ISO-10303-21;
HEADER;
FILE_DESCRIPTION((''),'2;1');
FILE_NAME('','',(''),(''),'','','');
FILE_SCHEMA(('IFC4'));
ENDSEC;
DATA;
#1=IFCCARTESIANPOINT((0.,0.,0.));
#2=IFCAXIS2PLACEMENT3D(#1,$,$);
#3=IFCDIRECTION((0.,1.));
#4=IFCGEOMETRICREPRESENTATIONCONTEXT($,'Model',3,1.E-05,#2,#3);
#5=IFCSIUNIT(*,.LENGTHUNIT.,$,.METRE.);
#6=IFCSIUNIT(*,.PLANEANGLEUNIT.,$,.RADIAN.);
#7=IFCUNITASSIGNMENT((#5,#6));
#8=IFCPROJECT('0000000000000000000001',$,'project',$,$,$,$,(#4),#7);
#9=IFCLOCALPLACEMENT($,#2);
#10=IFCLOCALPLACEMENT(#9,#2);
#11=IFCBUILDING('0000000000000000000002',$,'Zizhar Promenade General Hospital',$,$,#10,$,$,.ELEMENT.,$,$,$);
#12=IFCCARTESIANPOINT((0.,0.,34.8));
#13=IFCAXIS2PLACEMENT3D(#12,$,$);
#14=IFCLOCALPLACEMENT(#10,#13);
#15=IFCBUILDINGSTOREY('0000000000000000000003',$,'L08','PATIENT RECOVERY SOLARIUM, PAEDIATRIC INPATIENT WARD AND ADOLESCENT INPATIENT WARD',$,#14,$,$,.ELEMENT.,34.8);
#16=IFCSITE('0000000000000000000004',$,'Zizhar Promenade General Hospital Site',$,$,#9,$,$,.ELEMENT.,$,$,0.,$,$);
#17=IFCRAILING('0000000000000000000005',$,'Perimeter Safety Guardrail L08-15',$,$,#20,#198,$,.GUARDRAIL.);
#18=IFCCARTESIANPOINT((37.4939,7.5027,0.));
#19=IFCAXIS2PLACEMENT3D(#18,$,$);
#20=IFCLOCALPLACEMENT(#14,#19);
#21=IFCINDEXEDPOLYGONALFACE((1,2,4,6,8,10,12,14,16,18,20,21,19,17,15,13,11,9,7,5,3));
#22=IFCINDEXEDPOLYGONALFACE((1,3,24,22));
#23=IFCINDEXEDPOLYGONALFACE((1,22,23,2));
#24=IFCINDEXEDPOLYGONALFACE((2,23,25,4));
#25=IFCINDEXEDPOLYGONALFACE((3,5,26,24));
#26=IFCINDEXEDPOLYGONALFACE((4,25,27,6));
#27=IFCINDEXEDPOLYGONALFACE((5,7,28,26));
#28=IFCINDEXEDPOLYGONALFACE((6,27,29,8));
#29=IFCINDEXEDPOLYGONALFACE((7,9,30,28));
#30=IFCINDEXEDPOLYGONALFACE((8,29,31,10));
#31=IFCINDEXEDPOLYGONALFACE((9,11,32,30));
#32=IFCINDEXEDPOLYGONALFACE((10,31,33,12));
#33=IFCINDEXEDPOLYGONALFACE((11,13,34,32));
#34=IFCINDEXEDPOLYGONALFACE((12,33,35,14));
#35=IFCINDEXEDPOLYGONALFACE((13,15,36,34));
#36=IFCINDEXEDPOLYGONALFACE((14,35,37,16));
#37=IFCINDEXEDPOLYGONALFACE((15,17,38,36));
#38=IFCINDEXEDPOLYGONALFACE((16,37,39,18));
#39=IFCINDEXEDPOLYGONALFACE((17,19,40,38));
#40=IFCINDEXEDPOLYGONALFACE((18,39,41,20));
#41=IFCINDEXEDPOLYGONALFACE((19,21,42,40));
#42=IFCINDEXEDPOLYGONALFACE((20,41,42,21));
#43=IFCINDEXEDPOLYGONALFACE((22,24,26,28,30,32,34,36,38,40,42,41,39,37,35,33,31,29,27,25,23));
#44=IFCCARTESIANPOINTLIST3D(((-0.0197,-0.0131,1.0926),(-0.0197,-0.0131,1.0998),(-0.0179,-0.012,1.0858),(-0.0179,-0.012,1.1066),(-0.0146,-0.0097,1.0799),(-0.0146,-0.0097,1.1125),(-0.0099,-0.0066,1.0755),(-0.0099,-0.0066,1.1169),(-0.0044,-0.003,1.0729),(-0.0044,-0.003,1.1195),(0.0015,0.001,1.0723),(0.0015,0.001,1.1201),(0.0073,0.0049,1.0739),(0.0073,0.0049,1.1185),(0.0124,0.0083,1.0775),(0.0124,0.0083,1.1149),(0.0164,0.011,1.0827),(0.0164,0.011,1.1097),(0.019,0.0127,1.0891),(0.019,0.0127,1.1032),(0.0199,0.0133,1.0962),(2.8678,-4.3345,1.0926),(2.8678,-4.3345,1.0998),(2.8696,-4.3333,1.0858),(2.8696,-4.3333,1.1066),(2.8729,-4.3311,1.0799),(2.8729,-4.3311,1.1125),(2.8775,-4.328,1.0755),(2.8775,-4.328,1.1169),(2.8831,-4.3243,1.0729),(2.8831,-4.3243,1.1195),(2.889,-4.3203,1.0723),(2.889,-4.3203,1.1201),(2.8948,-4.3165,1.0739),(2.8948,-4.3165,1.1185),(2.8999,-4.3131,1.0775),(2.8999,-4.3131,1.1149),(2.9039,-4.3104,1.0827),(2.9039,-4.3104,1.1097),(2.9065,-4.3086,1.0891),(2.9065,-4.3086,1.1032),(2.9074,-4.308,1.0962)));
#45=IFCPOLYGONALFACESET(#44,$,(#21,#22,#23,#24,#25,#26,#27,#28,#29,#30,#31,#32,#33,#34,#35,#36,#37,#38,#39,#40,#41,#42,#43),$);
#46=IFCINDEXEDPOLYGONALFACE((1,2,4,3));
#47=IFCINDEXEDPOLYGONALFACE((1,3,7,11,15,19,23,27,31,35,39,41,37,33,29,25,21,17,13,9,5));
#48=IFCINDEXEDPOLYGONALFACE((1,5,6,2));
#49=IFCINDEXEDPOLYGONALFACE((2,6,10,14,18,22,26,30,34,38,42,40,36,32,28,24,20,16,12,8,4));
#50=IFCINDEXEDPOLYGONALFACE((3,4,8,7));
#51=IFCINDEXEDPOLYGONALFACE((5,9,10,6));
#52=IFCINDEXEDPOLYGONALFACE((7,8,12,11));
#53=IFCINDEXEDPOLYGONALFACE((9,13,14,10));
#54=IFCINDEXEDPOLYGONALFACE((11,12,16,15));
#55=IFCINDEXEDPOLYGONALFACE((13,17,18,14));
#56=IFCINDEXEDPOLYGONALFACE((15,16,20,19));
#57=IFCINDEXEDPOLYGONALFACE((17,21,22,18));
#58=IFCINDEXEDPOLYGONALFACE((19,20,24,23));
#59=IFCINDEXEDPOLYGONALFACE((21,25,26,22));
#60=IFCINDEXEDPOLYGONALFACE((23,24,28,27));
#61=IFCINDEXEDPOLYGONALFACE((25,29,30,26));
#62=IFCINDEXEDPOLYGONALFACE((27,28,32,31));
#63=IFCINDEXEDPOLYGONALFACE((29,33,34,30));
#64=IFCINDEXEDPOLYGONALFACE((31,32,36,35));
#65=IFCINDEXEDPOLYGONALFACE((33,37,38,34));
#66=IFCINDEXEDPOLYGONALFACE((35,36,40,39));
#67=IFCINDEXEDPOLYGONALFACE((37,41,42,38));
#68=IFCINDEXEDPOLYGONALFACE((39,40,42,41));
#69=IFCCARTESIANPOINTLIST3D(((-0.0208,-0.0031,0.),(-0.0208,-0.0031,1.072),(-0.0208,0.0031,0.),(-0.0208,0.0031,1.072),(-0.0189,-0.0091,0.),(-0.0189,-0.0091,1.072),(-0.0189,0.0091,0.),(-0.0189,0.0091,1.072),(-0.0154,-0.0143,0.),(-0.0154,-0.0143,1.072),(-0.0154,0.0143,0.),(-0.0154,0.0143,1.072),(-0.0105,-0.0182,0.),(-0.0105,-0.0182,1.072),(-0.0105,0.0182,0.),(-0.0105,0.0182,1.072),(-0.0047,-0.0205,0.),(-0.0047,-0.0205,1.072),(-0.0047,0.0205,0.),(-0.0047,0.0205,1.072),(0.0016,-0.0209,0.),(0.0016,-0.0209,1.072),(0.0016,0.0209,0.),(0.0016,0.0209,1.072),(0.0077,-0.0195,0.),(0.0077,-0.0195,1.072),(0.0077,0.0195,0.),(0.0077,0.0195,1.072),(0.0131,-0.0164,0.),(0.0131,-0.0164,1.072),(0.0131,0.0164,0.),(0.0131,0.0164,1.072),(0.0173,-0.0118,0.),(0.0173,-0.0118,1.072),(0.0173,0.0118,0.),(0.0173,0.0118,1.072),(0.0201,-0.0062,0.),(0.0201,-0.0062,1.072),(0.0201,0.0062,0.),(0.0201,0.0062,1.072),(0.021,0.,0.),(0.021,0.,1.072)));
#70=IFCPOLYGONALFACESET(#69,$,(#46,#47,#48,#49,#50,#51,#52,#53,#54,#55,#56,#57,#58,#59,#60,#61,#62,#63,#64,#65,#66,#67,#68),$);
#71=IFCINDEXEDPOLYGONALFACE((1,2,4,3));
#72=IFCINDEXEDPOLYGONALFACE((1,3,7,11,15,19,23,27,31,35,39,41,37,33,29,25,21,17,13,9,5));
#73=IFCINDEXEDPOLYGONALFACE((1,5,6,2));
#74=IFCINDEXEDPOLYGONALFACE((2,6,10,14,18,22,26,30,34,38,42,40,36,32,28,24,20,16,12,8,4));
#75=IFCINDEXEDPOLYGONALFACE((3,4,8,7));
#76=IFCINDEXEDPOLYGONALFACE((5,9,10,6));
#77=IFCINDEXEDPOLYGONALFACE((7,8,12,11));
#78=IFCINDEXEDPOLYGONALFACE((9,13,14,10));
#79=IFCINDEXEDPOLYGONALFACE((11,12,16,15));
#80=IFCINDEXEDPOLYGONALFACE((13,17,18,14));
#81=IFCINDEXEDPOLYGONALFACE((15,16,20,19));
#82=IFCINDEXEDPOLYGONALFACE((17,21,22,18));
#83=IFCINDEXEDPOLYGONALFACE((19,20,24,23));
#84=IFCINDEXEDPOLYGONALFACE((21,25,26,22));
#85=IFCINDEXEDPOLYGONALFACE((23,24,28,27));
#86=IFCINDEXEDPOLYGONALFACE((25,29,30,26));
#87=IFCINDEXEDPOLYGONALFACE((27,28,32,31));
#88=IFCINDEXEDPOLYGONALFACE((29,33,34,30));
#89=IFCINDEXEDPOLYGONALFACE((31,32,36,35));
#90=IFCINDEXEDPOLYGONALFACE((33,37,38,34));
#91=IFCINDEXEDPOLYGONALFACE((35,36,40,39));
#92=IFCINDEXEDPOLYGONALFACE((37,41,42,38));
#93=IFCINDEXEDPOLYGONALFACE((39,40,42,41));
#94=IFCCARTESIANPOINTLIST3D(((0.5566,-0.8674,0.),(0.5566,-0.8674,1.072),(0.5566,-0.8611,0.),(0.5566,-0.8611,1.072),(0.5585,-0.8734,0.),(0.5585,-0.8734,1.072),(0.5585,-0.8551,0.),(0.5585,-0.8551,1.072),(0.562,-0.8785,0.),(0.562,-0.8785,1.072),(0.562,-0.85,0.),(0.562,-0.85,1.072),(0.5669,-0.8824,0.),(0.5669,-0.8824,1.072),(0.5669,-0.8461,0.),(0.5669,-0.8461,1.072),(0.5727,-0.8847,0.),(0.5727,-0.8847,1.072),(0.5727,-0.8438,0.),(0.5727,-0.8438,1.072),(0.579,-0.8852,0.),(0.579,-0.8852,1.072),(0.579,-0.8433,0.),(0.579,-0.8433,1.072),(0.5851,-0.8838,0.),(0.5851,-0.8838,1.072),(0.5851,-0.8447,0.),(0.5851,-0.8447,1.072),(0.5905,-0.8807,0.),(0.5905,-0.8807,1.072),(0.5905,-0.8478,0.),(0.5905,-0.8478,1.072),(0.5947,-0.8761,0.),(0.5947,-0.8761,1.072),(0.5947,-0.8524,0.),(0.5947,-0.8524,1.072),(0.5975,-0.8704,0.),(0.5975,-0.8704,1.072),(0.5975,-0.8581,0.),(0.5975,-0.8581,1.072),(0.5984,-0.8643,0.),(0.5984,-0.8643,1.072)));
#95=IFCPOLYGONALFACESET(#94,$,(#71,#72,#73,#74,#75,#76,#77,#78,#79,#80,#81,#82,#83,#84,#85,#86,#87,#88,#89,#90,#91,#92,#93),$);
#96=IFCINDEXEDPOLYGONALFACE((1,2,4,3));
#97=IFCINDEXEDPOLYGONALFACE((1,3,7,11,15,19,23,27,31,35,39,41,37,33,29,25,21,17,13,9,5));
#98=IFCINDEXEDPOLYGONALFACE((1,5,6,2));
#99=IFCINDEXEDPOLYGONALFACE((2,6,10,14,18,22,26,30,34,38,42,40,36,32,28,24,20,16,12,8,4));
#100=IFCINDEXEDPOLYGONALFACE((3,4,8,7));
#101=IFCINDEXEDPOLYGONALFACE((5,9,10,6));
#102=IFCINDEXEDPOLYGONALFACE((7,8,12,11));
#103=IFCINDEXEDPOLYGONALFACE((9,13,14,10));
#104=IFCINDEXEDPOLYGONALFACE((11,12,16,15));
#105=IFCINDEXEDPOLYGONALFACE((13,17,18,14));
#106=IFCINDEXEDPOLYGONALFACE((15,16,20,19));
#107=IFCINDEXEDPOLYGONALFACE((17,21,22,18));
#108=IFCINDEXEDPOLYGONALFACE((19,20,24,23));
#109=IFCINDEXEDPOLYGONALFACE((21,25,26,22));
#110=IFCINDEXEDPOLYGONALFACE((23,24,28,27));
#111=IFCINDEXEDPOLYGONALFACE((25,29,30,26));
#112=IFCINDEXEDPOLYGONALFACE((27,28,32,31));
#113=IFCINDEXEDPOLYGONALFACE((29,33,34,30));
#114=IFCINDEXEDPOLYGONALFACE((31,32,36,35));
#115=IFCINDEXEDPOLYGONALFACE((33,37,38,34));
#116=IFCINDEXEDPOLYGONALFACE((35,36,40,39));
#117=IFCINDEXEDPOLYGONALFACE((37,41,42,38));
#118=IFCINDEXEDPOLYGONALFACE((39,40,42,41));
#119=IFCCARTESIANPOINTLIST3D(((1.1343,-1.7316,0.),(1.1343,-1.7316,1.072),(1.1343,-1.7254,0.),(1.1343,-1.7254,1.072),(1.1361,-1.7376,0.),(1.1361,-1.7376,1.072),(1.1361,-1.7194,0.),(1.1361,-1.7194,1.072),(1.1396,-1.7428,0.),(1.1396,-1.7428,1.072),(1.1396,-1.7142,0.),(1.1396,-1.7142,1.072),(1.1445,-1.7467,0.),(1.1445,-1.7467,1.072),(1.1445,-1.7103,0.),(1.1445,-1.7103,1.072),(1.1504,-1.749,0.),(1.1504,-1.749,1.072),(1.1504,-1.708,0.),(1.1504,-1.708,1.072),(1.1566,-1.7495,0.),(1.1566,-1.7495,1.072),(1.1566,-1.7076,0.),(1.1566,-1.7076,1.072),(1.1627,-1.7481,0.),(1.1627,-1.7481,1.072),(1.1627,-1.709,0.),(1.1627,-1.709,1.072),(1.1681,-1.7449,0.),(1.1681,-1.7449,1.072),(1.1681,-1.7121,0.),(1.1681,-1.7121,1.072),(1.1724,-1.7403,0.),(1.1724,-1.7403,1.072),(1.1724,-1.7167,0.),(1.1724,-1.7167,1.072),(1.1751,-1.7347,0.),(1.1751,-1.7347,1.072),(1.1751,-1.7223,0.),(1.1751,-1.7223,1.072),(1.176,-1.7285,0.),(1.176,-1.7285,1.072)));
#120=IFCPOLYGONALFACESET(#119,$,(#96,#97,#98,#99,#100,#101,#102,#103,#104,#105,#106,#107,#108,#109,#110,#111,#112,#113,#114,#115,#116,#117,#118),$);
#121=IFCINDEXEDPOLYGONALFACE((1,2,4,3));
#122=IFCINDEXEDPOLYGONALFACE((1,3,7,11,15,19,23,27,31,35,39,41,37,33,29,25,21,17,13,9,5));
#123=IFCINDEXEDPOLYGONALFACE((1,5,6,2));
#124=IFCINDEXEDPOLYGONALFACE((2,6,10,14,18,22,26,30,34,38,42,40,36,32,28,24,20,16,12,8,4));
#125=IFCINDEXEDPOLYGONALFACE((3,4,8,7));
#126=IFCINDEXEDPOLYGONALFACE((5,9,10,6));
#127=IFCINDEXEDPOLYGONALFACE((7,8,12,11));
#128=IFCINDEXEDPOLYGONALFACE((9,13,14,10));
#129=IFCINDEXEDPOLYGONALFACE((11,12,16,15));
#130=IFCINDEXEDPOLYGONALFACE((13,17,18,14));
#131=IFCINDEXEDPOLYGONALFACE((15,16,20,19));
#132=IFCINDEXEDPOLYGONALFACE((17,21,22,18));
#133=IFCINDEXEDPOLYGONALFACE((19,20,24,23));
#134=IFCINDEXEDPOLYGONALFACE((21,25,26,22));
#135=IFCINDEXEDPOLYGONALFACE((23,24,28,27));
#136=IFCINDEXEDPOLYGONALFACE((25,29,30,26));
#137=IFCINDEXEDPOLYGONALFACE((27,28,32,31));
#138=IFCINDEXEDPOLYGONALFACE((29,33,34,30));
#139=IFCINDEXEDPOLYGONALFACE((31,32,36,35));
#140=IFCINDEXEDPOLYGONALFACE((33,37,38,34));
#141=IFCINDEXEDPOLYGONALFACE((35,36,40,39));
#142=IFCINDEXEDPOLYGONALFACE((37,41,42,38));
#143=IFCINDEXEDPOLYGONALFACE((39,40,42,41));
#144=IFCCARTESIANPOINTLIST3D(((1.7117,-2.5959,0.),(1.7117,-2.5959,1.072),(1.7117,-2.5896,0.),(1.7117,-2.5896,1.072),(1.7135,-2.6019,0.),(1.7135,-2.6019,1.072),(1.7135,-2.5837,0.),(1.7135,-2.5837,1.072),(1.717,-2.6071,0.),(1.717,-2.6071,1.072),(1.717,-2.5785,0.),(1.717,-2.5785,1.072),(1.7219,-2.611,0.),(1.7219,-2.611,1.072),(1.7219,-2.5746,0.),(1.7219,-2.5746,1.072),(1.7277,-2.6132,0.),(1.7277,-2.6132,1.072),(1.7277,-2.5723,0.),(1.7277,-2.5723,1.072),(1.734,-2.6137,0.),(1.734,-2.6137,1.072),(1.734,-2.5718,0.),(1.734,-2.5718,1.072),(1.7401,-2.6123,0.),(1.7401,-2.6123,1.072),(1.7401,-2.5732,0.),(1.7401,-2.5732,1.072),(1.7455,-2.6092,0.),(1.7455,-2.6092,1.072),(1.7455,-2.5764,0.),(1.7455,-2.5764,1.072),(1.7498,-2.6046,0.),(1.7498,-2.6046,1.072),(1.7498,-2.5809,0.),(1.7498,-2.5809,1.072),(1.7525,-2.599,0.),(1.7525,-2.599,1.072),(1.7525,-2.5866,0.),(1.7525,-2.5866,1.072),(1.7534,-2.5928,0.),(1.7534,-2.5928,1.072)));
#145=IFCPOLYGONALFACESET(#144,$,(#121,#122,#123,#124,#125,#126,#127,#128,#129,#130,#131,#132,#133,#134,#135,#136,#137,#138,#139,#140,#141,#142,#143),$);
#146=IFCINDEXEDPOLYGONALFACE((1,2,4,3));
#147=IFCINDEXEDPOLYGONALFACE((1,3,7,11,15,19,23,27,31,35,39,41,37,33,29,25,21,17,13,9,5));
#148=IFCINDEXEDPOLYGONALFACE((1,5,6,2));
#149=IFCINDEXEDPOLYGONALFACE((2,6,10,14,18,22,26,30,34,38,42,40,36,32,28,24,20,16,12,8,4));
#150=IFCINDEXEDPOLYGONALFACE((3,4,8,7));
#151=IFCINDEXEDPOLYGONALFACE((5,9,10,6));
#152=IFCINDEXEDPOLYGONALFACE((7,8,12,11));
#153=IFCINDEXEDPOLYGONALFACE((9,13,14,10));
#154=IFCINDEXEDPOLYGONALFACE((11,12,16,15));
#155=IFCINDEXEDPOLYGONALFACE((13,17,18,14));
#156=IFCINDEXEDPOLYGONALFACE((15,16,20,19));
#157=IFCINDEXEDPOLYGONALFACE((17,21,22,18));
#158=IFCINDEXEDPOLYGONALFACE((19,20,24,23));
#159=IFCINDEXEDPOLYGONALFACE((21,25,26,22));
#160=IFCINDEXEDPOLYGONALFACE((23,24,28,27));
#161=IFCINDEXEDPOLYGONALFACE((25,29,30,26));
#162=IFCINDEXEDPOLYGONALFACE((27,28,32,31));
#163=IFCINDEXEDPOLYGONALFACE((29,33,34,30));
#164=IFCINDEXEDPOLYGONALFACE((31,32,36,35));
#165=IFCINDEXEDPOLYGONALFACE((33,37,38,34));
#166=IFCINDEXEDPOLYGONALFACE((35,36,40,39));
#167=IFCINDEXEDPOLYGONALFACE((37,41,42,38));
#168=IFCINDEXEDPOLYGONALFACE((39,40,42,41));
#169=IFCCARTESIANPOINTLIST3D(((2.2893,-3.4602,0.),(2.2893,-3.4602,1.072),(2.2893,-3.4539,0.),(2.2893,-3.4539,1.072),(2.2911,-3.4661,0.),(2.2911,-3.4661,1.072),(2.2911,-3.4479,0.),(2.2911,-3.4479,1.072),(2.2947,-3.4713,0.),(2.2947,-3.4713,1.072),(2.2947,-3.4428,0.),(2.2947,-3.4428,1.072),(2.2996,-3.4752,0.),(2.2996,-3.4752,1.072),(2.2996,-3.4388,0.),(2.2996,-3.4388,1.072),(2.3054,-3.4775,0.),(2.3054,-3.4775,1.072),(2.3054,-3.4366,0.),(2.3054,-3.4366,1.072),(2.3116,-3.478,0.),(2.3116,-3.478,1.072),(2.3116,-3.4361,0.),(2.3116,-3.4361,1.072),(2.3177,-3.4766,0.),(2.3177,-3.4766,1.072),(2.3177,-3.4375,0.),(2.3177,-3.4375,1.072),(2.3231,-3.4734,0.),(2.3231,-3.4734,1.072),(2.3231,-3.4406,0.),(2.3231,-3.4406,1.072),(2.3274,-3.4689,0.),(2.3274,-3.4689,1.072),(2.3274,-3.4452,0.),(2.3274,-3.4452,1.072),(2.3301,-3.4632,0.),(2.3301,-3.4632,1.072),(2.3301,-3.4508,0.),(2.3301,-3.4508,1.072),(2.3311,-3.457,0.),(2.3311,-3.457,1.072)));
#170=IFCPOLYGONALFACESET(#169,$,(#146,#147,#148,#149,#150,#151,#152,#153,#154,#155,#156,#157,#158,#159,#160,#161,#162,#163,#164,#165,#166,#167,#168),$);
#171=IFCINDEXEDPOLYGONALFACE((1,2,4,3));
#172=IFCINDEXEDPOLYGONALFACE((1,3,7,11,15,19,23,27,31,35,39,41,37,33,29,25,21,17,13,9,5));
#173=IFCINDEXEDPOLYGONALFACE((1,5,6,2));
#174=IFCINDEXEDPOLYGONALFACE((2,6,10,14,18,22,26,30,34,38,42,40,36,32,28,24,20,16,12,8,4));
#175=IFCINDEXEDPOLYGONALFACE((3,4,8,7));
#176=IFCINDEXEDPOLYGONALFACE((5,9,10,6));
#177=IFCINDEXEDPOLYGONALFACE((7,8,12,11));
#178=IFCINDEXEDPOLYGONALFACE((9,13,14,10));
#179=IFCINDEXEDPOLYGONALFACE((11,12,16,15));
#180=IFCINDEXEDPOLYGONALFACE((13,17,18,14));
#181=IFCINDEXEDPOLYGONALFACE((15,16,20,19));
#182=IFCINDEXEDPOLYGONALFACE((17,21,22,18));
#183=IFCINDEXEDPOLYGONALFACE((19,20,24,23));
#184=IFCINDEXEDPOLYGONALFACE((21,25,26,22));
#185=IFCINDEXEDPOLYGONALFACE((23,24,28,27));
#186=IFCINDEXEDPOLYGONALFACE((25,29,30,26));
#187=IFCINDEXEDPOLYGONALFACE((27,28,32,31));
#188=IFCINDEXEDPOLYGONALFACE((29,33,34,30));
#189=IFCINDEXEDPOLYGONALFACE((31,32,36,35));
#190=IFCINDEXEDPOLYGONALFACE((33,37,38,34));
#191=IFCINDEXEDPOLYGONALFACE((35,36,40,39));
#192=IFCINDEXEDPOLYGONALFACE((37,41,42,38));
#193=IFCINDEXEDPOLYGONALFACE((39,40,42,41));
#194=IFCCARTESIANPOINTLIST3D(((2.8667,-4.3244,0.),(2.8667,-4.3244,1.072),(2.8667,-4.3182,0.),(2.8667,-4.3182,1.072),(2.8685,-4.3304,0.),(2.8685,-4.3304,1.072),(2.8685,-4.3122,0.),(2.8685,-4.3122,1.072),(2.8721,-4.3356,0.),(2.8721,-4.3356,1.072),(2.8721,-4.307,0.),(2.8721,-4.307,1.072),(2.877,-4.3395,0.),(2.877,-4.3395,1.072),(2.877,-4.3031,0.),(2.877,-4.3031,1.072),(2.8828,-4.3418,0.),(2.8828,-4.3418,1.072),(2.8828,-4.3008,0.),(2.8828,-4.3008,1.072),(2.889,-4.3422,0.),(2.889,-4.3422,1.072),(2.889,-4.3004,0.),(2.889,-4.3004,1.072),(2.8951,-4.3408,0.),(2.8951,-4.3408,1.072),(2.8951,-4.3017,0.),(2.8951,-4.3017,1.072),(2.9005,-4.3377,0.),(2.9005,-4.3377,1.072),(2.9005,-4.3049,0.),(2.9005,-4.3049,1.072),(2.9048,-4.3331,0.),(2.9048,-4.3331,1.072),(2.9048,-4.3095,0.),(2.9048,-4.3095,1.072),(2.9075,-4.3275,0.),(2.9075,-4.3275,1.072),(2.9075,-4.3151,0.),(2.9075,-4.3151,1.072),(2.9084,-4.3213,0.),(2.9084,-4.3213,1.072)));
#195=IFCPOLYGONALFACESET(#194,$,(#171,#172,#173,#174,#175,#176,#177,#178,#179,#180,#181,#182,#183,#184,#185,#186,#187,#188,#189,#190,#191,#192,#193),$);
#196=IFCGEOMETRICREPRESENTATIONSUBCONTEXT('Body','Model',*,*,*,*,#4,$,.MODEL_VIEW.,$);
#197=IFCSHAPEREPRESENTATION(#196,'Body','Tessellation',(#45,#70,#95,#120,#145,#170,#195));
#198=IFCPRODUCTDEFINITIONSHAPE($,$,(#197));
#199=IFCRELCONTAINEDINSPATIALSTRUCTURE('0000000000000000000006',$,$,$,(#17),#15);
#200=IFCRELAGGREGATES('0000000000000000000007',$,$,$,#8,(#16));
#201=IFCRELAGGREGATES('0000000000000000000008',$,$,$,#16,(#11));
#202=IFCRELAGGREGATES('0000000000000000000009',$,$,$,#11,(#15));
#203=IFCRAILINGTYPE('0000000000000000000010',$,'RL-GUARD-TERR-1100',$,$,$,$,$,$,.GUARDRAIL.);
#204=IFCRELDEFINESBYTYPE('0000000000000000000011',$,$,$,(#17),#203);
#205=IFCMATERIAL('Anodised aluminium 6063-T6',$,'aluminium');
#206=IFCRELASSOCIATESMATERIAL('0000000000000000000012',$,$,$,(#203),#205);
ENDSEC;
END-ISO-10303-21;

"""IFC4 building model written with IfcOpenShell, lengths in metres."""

from ifc_helpers import new_model, si_unit, direction, frame, origin, origin_2d, place, context, subcontext, project, spatial, circle, hollow_circle, extrude, material, material_profile, profile_set, type_object, element, save


model = new_model("IFC4")

# Units and contexts
model_context = context("Model", 3, precision=1e-05, world=origin(), true_north=direction((0.0, 1.0)))
body_context = subcontext(model_context, "Body", "Model", "MODEL_VIEW")
ifc_project = project(units=[si_unit("LENGTHUNIT", "METRE"), si_unit("PLANEANGLEUNIT", "RADIAN")], contexts=[model_context])

# Site, building, storey
site_placement = place(None, origin())
site = spatial("IfcSite", under=ifc_project, at=site_placement, Name="Zizhar Promenade General Hospital Site", CompositionType="ELEMENT", RefElevation=0.0)
building_placement = place(site_placement, origin())
building = spatial("IfcBuilding", under=site, at=building_placement, Name="Zizhar Promenade General Hospital", CompositionType="ELEMENT")
storey_placement = place(building_placement, frame((0.0, 0.0, 34.8)))
storey = spatial("IfcBuildingStorey", under=building, at=storey_placement, Name="L08", Description="PATIENT RECOVERY SOLARIUM, PAEDIATRIC INPATIENT WARD AND ADOLESCENT INPATIENT WARD", CompositionType="ELEMENT", Elevation=34.8)

# Railing
ifc_material_1 = material(Name="Anodised aluminium 6063-T6", Category="aluminium")
ifc_material_profile_1 = material_profile(ifc_material_1, hollow_circle(Radius=0.0698, WallThickness=0.0063, at=origin_2d()))
ifc_profile_set_1 = profile_set([ifc_material_profile_1], Name="Anodised aluminium 6063-T6")
railing_type = type_object("IfcRailingType", Name="RL-GUARD-TERR-1100", PredefinedType="GUARDRAIL", material=ifc_profile_set_1)
railing_1_placement = place(storey_placement, frame((37.4939, 7.5027, 0.0)))
element("IfcRailing", 1, at=railing_1_placement, inside=storey, type_object=railing_type, Name="Perimeter Safety Guardrail L08-15", PredefinedType="GUARDRAIL", context=body_context, shape_type="SweptSolid", body=[
    extrude(circle(Radius=0.0239, at=origin_2d()), frame((0.0, 0.0, 1.0962), z_axis=(0.555578, -0.831464, 0.0), x_axis=(0.831464, 0.555578, 0.0)), (0.0, 0.0, 1.0), 5.1973),
    extrude(circle(Radius=0.021, at=origin_2d()), origin(), (0.0, 0.0, 1.0), 1.072),
    extrude(circle(Radius=0.021, at=origin_2d()), frame((0.5774, -0.8643, 0.0)), (0.0, 0.0, 1.0), 1.072),
    extrude(circle(Radius=0.021, at=origin_2d()), frame((1.155, -1.7285, 0.0)), (0.0, 0.0, 1.0), 1.072),
    extrude(circle(Radius=0.021, at=origin_2d()), frame((1.7324, -2.5928, 0.0)), (0.0, 0.0, 1.0), 1.072),
    extrude(circle(Radius=0.021, at=origin_2d()), frame((2.3101, -3.457, 0.0)), (0.0, 0.0, 1.0), 1.072),
    extrude(circle(Radius=0.021, at=origin_2d()), frame((2.8875, -4.3213, 0.0)), (0.0, 0.0, 1.0), 1.072),
])

save(model, "model.ifc")
